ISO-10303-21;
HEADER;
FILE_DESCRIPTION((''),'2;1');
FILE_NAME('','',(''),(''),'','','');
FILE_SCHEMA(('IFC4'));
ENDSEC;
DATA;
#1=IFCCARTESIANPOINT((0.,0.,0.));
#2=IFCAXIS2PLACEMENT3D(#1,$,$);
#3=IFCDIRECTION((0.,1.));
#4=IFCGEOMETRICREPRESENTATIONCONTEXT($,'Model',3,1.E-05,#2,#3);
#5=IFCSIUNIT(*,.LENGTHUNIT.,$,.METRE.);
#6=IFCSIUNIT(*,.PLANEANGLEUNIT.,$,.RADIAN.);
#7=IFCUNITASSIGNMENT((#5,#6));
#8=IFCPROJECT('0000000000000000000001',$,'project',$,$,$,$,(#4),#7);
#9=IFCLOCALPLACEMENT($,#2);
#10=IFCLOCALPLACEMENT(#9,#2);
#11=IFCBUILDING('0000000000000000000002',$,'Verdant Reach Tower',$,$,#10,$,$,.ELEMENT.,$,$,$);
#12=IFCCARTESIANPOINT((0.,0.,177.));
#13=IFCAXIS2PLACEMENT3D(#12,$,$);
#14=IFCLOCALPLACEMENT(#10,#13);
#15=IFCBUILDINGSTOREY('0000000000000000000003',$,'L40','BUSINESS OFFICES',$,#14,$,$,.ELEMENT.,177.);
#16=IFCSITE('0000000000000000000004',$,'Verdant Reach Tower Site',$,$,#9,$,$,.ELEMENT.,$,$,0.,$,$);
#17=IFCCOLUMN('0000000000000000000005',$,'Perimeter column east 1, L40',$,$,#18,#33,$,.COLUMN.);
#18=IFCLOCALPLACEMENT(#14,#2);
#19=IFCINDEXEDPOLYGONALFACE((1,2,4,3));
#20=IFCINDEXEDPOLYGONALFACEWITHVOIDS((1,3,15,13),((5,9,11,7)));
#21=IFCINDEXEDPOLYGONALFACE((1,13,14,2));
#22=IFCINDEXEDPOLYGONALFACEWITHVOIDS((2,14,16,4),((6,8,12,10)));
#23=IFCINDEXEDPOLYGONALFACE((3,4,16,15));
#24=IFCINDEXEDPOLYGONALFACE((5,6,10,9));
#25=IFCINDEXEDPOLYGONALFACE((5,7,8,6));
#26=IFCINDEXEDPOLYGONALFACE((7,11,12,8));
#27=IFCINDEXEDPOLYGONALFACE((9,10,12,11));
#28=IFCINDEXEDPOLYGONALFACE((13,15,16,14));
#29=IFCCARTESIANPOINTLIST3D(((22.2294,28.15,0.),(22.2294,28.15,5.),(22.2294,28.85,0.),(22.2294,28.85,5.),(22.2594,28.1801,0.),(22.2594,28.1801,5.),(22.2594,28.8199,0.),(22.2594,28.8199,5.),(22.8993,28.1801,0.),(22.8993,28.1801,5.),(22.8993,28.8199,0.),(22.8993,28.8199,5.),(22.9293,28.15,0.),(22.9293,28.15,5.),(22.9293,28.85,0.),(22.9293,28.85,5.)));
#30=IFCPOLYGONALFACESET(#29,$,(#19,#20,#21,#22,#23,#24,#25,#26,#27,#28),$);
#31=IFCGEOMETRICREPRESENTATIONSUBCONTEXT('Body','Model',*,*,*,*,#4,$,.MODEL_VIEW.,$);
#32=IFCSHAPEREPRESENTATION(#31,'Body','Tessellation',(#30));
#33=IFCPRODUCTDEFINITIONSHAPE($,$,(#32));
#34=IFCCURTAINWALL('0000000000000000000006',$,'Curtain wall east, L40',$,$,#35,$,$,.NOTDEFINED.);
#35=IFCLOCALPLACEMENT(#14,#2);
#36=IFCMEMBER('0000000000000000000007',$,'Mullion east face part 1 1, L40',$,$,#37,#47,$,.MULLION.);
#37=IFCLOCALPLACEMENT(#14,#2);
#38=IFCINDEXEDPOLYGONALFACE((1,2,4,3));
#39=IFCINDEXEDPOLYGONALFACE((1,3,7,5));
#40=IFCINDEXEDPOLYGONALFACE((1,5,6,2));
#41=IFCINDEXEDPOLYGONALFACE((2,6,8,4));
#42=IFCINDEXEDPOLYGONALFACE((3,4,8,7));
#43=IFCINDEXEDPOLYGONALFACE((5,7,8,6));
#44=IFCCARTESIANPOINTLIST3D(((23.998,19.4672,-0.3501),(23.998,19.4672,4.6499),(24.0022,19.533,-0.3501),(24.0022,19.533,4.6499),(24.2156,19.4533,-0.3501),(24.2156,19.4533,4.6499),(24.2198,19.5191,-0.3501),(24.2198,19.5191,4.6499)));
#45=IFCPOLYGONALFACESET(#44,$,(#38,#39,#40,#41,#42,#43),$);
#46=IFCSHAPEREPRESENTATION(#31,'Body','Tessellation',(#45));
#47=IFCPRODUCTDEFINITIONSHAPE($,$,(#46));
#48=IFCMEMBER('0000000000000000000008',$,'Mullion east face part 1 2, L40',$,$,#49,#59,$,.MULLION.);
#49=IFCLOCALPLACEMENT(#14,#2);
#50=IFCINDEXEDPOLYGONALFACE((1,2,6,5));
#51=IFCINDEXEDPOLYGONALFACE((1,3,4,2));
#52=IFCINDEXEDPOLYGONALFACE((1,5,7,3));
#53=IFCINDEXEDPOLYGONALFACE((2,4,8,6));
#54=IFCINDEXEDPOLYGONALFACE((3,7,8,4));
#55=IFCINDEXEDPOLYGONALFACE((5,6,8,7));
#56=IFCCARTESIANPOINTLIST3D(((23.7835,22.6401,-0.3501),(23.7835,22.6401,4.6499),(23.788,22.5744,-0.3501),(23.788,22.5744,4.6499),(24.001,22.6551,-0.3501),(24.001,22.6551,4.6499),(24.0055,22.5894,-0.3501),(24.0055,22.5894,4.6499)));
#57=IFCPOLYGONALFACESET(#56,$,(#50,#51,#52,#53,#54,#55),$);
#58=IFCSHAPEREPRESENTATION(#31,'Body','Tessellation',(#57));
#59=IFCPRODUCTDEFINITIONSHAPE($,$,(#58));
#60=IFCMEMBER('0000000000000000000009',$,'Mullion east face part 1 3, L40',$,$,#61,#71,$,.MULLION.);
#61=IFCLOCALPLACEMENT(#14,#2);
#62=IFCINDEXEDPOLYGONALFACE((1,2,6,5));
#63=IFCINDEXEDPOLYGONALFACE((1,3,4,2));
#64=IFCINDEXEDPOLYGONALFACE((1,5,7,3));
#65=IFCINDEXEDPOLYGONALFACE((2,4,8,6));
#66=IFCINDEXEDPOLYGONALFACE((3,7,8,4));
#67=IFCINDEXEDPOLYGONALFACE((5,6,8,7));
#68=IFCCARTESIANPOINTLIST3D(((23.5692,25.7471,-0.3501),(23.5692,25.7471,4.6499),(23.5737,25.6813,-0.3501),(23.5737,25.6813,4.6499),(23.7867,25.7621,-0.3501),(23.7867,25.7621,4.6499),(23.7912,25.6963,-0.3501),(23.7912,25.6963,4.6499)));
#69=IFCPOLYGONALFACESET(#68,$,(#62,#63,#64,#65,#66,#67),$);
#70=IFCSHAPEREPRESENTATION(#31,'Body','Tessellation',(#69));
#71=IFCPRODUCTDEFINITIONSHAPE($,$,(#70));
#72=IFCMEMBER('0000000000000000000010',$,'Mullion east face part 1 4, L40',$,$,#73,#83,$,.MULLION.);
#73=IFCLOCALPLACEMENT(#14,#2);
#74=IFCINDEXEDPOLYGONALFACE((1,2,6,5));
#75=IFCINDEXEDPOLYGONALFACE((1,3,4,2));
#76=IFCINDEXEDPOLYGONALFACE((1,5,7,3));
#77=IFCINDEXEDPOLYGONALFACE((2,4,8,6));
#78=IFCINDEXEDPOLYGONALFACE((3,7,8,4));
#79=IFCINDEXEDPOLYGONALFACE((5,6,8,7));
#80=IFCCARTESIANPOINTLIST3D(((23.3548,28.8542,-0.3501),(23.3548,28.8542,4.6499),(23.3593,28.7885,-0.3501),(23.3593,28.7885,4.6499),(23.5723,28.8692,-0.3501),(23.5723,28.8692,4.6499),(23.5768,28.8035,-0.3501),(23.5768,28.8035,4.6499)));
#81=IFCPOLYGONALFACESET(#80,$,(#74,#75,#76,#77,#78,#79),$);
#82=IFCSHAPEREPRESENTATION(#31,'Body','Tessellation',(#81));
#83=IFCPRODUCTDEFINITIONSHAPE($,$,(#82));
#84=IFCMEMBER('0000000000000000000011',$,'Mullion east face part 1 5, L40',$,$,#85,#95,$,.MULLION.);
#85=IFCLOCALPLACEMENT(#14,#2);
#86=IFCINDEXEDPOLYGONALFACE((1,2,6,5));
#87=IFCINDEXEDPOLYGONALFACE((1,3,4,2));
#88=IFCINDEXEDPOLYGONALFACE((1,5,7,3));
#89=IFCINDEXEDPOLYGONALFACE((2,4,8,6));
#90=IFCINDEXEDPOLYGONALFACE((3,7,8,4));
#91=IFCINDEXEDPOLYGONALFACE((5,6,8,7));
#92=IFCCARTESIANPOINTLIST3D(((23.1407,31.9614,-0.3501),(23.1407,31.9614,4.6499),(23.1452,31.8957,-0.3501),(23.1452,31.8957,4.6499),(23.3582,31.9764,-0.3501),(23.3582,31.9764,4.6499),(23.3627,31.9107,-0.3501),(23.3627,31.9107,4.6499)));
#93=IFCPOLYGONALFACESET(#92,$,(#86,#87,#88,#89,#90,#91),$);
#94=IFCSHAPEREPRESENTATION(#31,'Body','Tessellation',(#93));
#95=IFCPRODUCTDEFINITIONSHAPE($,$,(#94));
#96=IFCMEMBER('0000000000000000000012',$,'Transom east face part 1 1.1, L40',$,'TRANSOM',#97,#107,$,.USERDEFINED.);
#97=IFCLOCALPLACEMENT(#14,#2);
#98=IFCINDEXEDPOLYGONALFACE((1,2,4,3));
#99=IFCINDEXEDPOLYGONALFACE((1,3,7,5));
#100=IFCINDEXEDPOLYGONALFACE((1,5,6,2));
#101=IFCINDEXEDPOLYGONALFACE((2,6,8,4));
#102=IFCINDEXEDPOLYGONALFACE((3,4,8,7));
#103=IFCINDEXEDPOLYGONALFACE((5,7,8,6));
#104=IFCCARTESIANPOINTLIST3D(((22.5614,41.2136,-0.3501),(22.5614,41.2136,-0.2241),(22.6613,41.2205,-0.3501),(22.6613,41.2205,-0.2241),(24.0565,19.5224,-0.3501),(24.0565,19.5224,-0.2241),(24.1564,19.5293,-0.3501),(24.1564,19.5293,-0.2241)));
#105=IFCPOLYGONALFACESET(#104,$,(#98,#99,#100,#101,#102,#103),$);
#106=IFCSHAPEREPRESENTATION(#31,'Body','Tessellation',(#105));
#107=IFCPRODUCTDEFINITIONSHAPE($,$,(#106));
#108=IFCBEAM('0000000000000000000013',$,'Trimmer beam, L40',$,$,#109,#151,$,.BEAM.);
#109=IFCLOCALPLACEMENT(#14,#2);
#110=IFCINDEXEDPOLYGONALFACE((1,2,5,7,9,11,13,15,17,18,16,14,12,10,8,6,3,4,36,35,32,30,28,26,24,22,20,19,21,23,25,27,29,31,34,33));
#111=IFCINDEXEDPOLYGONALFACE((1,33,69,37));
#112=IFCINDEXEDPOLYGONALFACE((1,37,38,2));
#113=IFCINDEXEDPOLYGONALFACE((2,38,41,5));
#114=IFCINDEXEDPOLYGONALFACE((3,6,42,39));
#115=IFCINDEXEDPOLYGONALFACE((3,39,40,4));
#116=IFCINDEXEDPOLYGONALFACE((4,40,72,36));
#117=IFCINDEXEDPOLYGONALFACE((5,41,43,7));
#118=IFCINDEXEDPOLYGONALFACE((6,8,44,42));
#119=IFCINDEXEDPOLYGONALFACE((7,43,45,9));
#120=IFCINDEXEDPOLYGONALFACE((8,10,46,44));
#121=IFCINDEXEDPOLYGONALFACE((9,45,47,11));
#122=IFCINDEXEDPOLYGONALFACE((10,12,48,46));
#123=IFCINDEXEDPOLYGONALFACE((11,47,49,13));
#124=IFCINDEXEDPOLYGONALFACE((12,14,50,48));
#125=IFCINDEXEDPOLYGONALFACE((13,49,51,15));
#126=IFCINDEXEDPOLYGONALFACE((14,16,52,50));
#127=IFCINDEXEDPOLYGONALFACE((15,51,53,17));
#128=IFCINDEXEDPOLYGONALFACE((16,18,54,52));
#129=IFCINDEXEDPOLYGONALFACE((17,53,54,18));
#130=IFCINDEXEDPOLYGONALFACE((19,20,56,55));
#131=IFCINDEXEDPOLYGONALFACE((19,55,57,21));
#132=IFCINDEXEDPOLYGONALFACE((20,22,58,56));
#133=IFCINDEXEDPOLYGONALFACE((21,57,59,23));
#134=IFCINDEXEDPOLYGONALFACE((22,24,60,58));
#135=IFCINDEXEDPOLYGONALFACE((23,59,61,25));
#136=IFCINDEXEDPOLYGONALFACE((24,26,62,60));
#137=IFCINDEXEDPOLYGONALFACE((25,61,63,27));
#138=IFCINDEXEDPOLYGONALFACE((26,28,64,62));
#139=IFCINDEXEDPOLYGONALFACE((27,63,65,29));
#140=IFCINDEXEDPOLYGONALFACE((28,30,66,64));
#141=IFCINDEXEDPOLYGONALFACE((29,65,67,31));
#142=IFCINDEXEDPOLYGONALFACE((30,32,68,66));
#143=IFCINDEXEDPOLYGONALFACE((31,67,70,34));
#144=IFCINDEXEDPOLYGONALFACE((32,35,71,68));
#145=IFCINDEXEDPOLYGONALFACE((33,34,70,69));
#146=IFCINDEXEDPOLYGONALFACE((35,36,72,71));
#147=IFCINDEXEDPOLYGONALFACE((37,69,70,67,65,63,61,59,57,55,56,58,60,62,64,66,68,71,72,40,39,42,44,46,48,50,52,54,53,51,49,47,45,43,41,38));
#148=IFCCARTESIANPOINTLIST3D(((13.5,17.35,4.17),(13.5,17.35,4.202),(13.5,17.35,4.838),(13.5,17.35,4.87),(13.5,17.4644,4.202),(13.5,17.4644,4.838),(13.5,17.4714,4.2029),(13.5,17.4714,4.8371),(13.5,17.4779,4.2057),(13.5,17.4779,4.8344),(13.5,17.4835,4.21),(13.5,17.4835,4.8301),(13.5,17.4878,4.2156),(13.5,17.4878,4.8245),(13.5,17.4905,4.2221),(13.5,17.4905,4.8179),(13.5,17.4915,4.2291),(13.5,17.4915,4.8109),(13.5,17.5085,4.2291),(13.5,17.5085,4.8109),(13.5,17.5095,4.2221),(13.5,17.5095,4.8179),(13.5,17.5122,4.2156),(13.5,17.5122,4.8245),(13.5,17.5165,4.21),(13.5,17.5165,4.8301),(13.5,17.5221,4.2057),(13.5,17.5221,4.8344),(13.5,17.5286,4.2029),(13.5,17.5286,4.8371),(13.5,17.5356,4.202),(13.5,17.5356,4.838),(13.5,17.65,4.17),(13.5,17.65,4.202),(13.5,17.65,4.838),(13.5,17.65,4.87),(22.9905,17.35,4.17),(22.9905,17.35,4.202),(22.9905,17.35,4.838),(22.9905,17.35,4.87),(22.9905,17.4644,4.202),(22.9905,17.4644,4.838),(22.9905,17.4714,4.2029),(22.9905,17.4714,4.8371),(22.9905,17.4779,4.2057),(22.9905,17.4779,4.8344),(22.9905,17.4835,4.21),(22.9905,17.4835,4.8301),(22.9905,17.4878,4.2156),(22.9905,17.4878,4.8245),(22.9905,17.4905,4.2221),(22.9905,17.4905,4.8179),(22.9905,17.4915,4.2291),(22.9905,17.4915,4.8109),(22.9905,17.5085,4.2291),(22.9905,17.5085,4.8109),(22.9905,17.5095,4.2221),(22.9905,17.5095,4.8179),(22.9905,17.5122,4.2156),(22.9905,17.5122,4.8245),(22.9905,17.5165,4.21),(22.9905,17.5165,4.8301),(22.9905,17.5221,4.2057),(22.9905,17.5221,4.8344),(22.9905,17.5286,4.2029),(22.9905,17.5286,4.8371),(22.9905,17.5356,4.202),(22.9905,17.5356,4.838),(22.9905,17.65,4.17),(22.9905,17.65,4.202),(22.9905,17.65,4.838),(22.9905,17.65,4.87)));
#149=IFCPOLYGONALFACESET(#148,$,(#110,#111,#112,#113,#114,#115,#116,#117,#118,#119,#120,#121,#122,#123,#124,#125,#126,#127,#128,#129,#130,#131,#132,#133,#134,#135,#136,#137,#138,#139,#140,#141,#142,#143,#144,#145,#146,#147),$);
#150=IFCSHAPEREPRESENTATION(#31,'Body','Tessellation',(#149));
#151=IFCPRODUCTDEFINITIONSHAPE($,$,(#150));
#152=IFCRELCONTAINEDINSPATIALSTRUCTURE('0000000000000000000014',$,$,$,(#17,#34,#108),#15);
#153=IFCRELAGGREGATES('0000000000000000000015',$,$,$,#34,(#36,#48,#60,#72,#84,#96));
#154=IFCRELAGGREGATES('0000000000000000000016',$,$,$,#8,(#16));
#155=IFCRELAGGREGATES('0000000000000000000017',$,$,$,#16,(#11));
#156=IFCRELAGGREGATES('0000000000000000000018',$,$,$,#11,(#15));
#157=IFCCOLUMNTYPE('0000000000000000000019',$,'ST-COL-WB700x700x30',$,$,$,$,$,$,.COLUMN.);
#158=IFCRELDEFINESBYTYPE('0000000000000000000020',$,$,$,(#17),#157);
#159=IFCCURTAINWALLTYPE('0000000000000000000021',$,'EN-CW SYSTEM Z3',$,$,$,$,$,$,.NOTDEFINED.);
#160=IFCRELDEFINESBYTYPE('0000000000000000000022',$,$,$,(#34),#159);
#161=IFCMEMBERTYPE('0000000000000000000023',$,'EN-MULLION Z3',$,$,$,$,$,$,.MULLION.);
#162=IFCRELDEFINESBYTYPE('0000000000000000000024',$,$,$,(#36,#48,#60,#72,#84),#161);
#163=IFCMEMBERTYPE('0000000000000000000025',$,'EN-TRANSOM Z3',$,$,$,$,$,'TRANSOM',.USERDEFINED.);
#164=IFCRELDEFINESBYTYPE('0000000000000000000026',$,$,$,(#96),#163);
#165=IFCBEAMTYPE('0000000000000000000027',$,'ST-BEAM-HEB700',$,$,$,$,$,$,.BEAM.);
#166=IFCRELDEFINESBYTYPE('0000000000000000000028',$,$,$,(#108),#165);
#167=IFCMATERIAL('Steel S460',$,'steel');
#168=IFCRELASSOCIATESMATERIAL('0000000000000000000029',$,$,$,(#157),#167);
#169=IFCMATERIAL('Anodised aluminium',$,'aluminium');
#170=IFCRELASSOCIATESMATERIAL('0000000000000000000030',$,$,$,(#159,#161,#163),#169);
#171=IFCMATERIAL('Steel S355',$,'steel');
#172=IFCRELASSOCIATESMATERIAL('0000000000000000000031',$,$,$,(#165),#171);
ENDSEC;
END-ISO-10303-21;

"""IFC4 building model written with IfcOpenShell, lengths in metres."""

from ifc_helpers import new_model, si_unit, direction, frame, origin, origin_2d, place, context, subcontext, project, spatial, rectangle, hollow_rectangle, i_section, extrude, material, material_profile, profile_set, type_object, element, aggregate, save


model = new_model("IFC4")

# Units and contexts
model_context = context("Model", 3, precision=1e-05, world=origin(), true_north=direction((0.0, 1.0)))
body_context = subcontext(model_context, "Body", "Model", "MODEL_VIEW")
ifc_project = project(units=[si_unit("LENGTHUNIT", "METRE"), si_unit("PLANEANGLEUNIT", "RADIAN")], contexts=[model_context])

# Site, building, storey
site_placement = place(None, origin())
site = spatial("IfcSite", under=ifc_project, at=site_placement, Name="Verdant Reach Tower Site", CompositionType="ELEMENT", RefElevation=0.0)
building_placement = place(site_placement, origin())
building = spatial("IfcBuilding", under=site, at=building_placement, Name="Verdant Reach Tower", CompositionType="ELEMENT")
storey_placement = place(building_placement, frame((0.0, 0.0, 177.0)))
storey = spatial("IfcBuildingStorey", under=building, at=storey_placement, Name="L40", Description="BUSINESS OFFICES", CompositionType="ELEMENT", Elevation=177.0)

# Column
ifc_material_1 = material(Name="Steel S460", Category="steel")
ifc_material_profile_1 = material_profile(ifc_material_1, hollow_rectangle(XDim=0.7, YDim=0.7, WallThickness=0.03, at=origin_2d()), Name="WB 700x700x30")
ifc_profile_set_1 = profile_set([ifc_material_profile_1], Name="Steel S460")
column_type = type_object("IfcColumnType", Name="ST-COL-WB700x700x30", PredefinedType="COLUMN", material=ifc_profile_set_1)
column_placement = place(storey_placement, frame((22.5793, 28.5, 0.0), z_axis=(0.0, 0.0, 1.0), x_axis=(1.0, 0.0, 0.0)))
element("IfcColumn", 1, at=column_placement, inside=storey, type_object=column_type, Name="Perimeter column east 1, L40", PredefinedType="COLUMN", context=body_context, shape_type="SweptSolid", body=[
    extrude(hollow_rectangle(XDim=0.7, YDim=0.7, WallThickness=0.03, at=origin_2d()), origin(), (0.0, 0.0, 1.0), 5.0),
])

# Curtain wall, members
ifc_material_2 = material(Name="Anodised aluminium", Category="aluminium")
curtain_wall_type = type_object("IfcCurtainWallType", Name="EN-CW SYSTEM Z3", PredefinedType="NOTDEFINED", material=ifc_material_2)
curtain_wall_1_placement = place(storey_placement, origin())
curtain_wall_1 = element("IfcCurtainWall", 2, at=curtain_wall_1_placement, inside=storey, type_object=curtain_wall_type, Name="Curtain wall east, L40", PredefinedType="NOTDEFINED")
ifc_material_profile_2 = material_profile(ifc_material_2, rectangle(XDim=0.218, YDim=0.0659, at=origin_2d()), Name="Mullion 66x218")
ifc_profile_set_2 = profile_set([ifc_material_profile_2], Name="Anodised aluminium")
member_type_1 = type_object("IfcMemberType", Name="EN-MULLION Z3", PredefinedType="MULLION", material=ifc_profile_set_2)
member_1_placement = place(storey_placement, frame((24.1089, 19.4932, -0.3501), z_axis=(0.0, 0.0, 1.0), x_axis=(0.997969, -0.063699, 0.0)))
member_1 = element("IfcMember", 3, at=member_1_placement, type_object=member_type_1, Name="Mullion east face part 1 1, L40", PredefinedType="MULLION", context=body_context, shape_type="SweptSolid", body=[
    extrude(rectangle(XDim=0.218, YDim=0.0659, at=origin_2d()), origin(), (0.0, 0.0, 1.0), 5.0),
])
member_2_placement = place(storey_placement, frame((23.8945, 22.6147, -0.3501), z_axis=(0.0, 0.0, 1.0), x_axis=(0.99763, 0.068802, 0.0)))
member_2 = element("IfcMember", 4, at=member_2_placement, type_object=member_type_1, Name="Mullion east face part 1 2, L40", PredefinedType="MULLION", context=body_context, shape_type="SweptSolid", body=[
    extrude(rectangle(XDim=0.218, YDim=0.0659, at=origin_2d()), origin(), (0.0, 0.0, 1.0), 5.0),
])
member_3_placement = place(storey_placement, frame((23.6802, 25.7217, -0.3501), z_axis=(0.0, 0.0, 1.0), x_axis=(0.99763, 0.068802, 0.0)))
member_3 = element("IfcMember", 5, at=member_3_placement, type_object=member_type_1, Name="Mullion east face part 1 3, L40", PredefinedType="MULLION", context=body_context, shape_type="SweptSolid", body=[
    extrude(rectangle(XDim=0.218, YDim=0.0659, at=origin_2d()), origin(), (0.0, 0.0, 1.0), 5.0),
])
member_4_placement = place(storey_placement, frame((23.4658, 28.8289, -0.3501), z_axis=(0.0, 0.0, 1.0), x_axis=(0.99763, 0.068802, 0.0)))
member_4 = element("IfcMember", 6, at=member_4_placement, type_object=member_type_1, Name="Mullion east face part 1 4, L40", PredefinedType="MULLION", context=body_context, shape_type="SweptSolid", body=[
    extrude(rectangle(XDim=0.218, YDim=0.0659, at=origin_2d()), origin(), (0.0, 0.0, 1.0), 5.0),
])
member_5_placement = place(storey_placement, frame((23.2517, 31.936, -0.3501), z_axis=(0.0, 0.0, 1.0), x_axis=(0.99763, 0.068802, 0.0)))
member_5 = element("IfcMember", 7, at=member_5_placement, type_object=member_type_1, Name="Mullion east face part 1 5, L40", PredefinedType="MULLION", context=body_context, shape_type="SweptSolid", body=[
    extrude(rectangle(XDim=0.218, YDim=0.0659, at=origin_2d()), origin(), (0.0, 0.0, 1.0), 5.0),
])
ifc_material_profile_3 = material_profile(ifc_material_2, rectangle(XDim=0.1001, YDim=0.126, at=origin_2d()), Name="Transom 126x100")
ifc_profile_set_3 = profile_set([ifc_material_profile_3], Name="Anodised aluminium")
member_type_2 = type_object("IfcMemberType", Name="EN-TRANSOM Z3", ElementType="TRANSOM", PredefinedType="USERDEFINED", material=ifc_profile_set_3)
member_6_placement = place(storey_placement, frame((24.1064, 19.5259, -0.2871), z_axis=(-0.068764, 0.997633, 0.0), x_axis=(-0.997633, -0.068764, 0.0)))
member_6 = element("IfcMember", 8, at=member_6_placement, type_object=member_type_2, Name="Transom east face part 1 1.1, L40", ObjectType="TRANSOM", PredefinedType="USERDEFINED", context=body_context, shape_type="SweptSolid", body=[
    extrude(rectangle(XDim=0.1001, YDim=0.126, at=origin_2d()), origin(), (0.0, 0.0, 1.0), 21.7427),
])

# Beam
ifc_material_3 = material(Name="Steel S355", Category="steel")
ifc_material_profile_4 = material_profile(ifc_material_3, i_section(OverallWidth=0.3, OverallDepth=0.7, WebThickness=0.0171, FlangeThickness=0.032, FilletRadius=0.0271, at=origin_2d()), Name="HEB 700")
ifc_profile_set_4 = profile_set([ifc_material_profile_4], Name="Steel S355")
beam_type_1 = type_object("IfcBeamType", Name="ST-BEAM-HEB700", PredefinedType="BEAM", material=ifc_profile_set_4)
beam_1_placement = place(storey_placement, frame((13.5, 17.5, 4.52), z_axis=(1.0, 0.0, 0.0), x_axis=(0.0, 1.0, 0.0)))
element("IfcBeam", 9, at=beam_1_placement, inside=storey, type_object=beam_type_1, Name="Trimmer beam, L40", PredefinedType="BEAM", context=body_context, shape_type="SweptSolid", body=[
    extrude(i_section(OverallWidth=0.3, OverallDepth=0.7, WebThickness=0.0171, FlangeThickness=0.032, FilletRadius=0.0271, at=origin_2d()), origin(), (0.0, 0.0, 1.0), 9.4905),
])

aggregate(curtain_wall_1, [member_1, member_2, member_3, member_4, member_5, member_6])

save(model, "model.ifc")
